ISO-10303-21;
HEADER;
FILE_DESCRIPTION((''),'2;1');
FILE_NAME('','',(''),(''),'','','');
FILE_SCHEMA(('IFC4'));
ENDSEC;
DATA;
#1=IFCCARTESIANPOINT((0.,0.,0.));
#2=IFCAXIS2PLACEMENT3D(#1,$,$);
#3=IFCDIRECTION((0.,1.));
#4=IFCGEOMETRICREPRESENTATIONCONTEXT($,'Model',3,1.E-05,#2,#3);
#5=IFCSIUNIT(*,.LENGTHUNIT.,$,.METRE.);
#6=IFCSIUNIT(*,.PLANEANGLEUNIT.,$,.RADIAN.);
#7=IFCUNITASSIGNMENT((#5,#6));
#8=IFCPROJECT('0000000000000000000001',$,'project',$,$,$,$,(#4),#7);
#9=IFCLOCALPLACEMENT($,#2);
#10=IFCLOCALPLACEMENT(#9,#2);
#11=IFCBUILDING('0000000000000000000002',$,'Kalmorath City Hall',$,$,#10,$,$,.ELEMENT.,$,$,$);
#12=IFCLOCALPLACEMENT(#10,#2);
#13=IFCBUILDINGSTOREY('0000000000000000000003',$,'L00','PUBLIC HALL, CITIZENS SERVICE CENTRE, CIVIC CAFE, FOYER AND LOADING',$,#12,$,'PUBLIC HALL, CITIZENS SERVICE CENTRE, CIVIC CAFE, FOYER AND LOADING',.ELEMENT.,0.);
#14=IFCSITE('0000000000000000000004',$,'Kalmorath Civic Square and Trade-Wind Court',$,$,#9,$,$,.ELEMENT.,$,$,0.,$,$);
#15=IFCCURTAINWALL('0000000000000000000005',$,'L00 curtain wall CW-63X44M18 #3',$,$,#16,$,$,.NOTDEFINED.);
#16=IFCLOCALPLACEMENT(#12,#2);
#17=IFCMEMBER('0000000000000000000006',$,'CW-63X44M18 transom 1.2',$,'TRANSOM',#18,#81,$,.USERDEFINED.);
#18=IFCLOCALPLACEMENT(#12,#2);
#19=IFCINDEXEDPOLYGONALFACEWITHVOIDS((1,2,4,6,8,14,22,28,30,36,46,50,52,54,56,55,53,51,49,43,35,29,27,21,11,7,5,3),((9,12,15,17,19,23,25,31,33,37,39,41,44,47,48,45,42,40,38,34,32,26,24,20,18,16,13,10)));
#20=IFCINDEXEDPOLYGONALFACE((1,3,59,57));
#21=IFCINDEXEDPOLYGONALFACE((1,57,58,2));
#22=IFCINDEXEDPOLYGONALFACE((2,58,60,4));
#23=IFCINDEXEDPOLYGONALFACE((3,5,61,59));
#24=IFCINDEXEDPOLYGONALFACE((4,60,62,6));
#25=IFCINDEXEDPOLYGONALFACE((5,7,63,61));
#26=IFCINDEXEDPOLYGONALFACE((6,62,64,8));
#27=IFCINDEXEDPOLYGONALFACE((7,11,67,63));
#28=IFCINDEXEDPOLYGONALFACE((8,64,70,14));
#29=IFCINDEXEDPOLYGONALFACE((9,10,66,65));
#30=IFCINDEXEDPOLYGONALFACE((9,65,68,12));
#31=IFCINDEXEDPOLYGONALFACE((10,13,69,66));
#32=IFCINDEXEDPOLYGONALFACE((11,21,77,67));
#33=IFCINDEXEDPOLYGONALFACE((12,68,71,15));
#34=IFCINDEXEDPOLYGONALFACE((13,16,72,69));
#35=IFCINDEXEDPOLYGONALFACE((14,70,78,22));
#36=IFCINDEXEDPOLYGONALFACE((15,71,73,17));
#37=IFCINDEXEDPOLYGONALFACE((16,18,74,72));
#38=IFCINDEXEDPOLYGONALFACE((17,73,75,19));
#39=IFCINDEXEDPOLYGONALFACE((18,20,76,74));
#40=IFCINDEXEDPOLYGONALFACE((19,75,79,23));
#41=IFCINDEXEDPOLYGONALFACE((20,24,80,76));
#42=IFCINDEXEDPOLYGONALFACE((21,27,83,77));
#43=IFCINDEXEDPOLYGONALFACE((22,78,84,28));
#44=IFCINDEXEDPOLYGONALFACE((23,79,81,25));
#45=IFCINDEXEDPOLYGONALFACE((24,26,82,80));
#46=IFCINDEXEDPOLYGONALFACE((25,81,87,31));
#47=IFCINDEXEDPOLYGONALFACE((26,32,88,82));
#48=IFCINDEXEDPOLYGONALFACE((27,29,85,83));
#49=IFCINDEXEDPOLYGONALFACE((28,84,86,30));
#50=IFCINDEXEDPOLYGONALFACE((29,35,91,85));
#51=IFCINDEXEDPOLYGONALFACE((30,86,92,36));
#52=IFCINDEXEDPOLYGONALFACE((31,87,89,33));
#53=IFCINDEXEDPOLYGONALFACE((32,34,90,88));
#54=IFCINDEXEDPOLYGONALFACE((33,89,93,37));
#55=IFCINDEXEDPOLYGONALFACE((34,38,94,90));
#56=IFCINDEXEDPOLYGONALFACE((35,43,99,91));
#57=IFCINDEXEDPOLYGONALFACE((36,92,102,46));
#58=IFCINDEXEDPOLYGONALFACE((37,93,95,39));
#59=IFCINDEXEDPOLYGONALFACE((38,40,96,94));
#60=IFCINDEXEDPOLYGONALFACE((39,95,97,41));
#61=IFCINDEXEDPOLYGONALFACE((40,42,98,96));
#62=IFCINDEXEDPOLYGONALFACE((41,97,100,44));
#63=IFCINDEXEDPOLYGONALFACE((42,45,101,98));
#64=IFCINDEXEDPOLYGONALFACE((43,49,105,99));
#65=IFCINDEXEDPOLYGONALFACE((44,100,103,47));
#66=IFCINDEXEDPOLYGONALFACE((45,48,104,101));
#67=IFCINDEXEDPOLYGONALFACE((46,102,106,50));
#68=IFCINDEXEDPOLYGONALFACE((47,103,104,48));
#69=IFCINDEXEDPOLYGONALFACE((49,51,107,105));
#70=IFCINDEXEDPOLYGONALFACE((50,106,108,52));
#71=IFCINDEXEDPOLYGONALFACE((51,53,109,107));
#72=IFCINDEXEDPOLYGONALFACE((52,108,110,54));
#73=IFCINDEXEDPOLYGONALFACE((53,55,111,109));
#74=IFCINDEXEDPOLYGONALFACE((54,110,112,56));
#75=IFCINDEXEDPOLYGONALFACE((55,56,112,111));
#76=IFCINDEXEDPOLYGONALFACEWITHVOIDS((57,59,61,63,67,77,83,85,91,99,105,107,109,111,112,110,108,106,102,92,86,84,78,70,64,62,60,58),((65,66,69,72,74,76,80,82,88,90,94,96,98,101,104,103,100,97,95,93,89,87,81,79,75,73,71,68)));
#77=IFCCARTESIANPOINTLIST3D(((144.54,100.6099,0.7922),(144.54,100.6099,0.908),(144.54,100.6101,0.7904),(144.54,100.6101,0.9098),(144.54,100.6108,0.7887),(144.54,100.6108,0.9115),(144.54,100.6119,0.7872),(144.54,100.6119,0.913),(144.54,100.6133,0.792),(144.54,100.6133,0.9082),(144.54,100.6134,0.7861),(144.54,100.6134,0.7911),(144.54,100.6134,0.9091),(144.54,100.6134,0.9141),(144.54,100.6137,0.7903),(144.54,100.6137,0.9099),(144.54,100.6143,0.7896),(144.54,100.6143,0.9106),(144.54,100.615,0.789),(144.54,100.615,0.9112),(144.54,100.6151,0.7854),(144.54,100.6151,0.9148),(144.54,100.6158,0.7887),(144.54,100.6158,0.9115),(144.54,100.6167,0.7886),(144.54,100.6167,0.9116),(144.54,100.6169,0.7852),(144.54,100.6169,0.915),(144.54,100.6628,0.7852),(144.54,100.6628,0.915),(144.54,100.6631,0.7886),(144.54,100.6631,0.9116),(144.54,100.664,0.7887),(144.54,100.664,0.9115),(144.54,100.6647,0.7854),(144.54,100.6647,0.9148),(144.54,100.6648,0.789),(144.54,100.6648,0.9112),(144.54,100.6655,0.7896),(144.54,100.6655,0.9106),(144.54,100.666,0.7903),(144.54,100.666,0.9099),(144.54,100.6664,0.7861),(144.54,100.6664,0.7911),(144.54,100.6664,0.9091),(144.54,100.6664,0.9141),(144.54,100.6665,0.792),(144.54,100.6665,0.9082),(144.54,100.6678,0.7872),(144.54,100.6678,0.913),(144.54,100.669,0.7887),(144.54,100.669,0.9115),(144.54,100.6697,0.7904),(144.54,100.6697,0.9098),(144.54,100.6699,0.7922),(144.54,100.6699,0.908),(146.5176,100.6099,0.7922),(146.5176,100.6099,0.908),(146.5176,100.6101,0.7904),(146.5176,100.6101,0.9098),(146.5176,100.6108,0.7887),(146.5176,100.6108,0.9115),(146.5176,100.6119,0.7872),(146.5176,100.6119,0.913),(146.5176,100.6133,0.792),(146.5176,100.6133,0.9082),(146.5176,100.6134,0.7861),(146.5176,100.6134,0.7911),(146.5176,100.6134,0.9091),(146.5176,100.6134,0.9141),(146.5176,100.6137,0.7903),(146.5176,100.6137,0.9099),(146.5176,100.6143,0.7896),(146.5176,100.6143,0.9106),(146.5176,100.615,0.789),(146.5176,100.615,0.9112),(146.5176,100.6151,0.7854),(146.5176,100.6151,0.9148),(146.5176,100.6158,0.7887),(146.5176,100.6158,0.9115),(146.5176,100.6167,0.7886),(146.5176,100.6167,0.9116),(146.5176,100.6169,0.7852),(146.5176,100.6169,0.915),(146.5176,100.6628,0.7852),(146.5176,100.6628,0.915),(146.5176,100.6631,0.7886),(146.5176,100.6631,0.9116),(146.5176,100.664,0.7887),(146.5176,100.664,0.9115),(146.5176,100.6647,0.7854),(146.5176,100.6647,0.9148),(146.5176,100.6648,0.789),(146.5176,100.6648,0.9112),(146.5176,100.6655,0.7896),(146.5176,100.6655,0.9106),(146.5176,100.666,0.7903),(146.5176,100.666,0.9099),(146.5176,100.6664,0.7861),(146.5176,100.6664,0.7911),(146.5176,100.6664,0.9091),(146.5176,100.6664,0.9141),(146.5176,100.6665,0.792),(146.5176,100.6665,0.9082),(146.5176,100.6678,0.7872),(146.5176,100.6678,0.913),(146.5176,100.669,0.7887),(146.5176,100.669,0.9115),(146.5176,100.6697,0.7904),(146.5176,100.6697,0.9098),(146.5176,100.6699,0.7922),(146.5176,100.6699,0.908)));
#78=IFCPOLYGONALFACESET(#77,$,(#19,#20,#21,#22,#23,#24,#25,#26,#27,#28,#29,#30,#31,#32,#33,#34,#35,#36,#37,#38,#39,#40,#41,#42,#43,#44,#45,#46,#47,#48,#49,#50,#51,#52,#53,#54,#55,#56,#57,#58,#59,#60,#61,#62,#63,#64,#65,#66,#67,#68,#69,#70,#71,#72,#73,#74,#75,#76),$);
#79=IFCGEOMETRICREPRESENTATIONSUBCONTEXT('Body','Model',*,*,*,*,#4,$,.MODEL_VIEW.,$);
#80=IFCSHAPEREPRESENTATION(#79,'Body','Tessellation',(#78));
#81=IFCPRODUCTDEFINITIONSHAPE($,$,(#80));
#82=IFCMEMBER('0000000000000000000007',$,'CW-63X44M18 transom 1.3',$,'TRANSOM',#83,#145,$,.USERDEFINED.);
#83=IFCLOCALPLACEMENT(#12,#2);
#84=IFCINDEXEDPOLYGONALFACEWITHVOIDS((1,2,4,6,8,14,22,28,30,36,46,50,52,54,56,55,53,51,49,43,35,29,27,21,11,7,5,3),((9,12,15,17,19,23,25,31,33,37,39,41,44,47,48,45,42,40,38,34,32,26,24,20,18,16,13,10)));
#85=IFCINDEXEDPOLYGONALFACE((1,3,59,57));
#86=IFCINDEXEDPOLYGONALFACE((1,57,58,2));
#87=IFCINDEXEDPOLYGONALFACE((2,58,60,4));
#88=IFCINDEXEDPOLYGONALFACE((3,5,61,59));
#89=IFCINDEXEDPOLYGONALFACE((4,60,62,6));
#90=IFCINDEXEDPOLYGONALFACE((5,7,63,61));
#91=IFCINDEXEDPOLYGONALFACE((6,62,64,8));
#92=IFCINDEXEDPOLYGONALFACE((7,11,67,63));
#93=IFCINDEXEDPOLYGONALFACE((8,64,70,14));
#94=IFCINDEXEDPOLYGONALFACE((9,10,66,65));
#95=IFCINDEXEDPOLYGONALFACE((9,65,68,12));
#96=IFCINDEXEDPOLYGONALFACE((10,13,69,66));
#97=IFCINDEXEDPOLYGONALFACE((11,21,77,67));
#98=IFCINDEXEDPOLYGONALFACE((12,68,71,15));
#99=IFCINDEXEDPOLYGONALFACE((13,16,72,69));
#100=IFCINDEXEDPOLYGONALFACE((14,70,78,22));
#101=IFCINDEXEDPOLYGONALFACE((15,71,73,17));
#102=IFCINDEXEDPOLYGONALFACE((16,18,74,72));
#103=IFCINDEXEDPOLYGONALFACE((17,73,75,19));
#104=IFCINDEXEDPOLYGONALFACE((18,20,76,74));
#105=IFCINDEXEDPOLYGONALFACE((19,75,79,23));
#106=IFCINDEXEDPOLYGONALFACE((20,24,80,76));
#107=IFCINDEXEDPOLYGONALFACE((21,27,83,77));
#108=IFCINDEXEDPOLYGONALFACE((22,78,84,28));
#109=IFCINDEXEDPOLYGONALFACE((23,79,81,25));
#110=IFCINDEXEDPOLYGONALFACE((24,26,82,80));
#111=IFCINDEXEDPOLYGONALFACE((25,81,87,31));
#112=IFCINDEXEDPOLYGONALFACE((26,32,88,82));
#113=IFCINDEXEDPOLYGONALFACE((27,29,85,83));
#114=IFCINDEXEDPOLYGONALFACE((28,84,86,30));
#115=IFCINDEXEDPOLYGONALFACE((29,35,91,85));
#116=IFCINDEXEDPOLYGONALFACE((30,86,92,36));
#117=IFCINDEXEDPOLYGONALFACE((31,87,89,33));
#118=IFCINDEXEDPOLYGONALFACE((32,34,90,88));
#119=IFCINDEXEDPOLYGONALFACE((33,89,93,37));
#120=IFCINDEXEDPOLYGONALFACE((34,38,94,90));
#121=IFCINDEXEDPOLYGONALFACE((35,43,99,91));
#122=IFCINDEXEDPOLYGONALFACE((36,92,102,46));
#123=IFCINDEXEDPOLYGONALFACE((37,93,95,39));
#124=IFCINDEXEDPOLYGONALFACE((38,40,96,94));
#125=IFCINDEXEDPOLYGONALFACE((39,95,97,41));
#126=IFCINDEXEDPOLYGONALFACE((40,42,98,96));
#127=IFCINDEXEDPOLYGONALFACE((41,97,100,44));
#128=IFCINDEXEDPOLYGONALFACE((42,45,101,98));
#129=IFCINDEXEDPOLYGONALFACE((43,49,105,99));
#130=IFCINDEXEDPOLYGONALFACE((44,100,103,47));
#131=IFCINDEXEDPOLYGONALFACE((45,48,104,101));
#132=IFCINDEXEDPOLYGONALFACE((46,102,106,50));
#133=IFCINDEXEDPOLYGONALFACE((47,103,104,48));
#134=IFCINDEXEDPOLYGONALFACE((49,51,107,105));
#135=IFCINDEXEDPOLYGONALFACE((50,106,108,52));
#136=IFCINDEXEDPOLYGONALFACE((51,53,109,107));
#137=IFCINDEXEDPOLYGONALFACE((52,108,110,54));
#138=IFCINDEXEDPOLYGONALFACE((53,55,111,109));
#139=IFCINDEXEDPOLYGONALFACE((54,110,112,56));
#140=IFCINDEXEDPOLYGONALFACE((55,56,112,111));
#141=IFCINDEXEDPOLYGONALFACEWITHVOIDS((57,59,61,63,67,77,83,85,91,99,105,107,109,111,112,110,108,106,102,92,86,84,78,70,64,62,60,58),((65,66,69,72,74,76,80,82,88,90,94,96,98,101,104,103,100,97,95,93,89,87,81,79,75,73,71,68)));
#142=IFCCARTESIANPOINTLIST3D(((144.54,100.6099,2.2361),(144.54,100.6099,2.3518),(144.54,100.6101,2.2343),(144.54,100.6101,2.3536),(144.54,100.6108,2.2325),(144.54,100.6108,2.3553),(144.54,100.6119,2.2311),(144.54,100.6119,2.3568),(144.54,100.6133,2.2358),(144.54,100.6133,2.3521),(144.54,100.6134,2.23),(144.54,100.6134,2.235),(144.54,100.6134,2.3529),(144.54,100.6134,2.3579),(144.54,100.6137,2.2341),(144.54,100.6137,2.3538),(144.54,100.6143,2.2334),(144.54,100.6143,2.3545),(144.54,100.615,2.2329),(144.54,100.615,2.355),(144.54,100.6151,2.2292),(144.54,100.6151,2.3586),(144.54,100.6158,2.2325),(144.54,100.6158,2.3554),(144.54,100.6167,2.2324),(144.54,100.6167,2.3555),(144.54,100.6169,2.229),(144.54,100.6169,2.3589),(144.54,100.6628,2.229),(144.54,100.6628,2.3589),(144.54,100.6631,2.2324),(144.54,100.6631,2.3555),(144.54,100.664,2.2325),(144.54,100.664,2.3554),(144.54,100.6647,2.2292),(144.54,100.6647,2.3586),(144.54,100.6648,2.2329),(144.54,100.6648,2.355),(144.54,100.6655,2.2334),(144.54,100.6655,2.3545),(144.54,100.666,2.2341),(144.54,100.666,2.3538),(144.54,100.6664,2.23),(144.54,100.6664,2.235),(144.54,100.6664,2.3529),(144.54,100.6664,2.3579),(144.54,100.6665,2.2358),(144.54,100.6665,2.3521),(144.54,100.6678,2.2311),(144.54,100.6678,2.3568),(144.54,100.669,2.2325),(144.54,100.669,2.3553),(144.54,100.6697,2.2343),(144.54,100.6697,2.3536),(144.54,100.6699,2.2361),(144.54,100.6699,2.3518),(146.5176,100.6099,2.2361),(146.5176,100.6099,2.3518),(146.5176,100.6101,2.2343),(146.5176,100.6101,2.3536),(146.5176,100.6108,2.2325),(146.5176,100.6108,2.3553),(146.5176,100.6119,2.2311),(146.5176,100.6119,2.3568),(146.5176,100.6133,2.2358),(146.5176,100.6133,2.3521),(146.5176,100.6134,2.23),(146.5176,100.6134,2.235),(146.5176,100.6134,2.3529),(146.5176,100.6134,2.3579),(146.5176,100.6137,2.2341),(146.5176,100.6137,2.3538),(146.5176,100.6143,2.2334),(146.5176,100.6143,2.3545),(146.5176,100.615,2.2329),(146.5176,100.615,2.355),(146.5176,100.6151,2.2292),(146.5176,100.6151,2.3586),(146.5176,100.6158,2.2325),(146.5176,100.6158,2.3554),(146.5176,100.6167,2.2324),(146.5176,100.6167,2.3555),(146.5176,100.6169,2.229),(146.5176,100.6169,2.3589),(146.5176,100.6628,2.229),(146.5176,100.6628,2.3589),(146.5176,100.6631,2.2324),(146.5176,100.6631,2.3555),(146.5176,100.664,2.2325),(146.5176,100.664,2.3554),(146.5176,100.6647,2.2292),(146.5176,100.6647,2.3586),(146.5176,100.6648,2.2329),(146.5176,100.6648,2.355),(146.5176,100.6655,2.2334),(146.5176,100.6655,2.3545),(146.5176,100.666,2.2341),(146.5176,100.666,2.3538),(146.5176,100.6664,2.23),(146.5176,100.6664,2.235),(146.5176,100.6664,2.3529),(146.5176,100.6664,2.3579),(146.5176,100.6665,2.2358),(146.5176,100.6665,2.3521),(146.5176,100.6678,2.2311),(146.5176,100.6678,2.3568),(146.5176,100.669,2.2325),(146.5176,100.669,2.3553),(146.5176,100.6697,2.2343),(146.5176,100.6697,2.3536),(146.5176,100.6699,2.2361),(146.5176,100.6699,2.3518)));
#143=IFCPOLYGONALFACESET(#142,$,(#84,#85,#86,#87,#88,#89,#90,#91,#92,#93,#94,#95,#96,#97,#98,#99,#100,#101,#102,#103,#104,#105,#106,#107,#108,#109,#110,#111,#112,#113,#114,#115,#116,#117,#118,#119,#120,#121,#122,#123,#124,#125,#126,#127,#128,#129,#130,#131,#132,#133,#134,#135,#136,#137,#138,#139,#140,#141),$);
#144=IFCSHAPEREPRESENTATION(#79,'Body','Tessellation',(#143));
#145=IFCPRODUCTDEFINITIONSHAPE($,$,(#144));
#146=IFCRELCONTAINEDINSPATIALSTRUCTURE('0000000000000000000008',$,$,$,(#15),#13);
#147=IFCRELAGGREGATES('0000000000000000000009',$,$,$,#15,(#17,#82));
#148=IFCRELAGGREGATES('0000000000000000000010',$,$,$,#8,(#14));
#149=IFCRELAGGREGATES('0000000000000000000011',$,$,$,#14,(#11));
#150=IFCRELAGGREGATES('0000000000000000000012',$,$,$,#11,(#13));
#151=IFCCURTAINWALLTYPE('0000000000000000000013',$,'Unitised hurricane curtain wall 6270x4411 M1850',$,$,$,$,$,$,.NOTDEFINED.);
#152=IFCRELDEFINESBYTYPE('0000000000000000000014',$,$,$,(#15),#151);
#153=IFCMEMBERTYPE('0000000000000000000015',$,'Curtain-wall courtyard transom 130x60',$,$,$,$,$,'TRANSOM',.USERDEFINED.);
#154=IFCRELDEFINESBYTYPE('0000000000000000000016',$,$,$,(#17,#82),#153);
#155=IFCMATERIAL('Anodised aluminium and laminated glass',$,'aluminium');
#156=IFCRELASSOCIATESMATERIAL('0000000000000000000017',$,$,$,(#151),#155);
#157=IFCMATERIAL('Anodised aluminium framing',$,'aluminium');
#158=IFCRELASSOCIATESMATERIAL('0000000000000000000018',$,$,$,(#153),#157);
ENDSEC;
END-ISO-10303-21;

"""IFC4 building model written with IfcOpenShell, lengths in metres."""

from ifc_helpers import new_model, si_unit, direction, frame, origin, origin_2d, place, context, subcontext, project, spatial, hollow_rectangle, extrude, material, material_profile, profile_set, type_object, element, aggregate, save


model = new_model("IFC4")

# Units and contexts
model_context = context("Model", 3, precision=1e-05, world=origin(), true_north=direction((0.0, 1.0)))
body_context = subcontext(model_context, "Body", "Model", "MODEL_VIEW")
ifc_project = project(units=[si_unit("LENGTHUNIT", "METRE"), si_unit("PLANEANGLEUNIT", "RADIAN")], contexts=[model_context])

# Site, building, storey
site_placement = place(None, origin())
site = spatial("IfcSite", under=ifc_project, at=site_placement, Name="Kalmorath Civic Square and Trade-Wind Court", CompositionType="ELEMENT", RefElevation=0.0)
building_placement = place(site_placement, origin())
building = spatial("IfcBuilding", under=site, at=building_placement, Name="Kalmorath City Hall", CompositionType="ELEMENT")
storey_placement = place(building_placement, origin())
storey = spatial("IfcBuildingStorey", under=building, at=storey_placement, Name="L00", Description="PUBLIC HALL, CITIZENS SERVICE CENTRE, CIVIC CAFE, FOYER AND LOADING", LongName="PUBLIC HALL, CITIZENS SERVICE CENTRE, CIVIC CAFE, FOYER AND LOADING", CompositionType="ELEMENT", Elevation=0.0)

# Curtain wall, members
ifc_material_1 = material(Name="Anodised aluminium and laminated glass", Category="aluminium")
curtain_wall_type = type_object("IfcCurtainWallType", Name="Unitised hurricane curtain wall 6270x4411 M1850", PredefinedType="NOTDEFINED", material=ifc_material_1)
ifc_material_2 = material(Name="Anodised aluminium framing", Category="aluminium")
ifc_material_profile_1 = material_profile(ifc_material_2, hollow_rectangle(XDim=0.0601, YDim=0.1299, WallThickness=0.0034, InnerFilletRadius=0.0034, OuterFilletRadius=0.0071, at=origin_2d()), Name="ALU-TRN-130X60X3.5")
ifc_profile_set_1 = profile_set([ifc_material_profile_1], Name="Anodised aluminium framing")
member_type_1 = type_object("IfcMemberType", Name="Curtain-wall courtyard transom 130x60", ElementType="TRANSOM", PredefinedType="USERDEFINED", material=ifc_profile_set_1)
curtain_wall_1_placement = place(storey_placement, origin())
curtain_wall_1 = element("IfcCurtainWall", 1, at=curtain_wall_1_placement, inside=storey, type_object=curtain_wall_type, Name="L00 curtain wall CW-63X44M18 #3", PredefinedType="NOTDEFINED")
member_1_placement = place(storey_placement, frame((144.54, 100.6399, 0.8501), z_axis=(1.0, 0.0, 0.0), x_axis=(0.0, 1.0, 0.0)))
member_1 = element("IfcMember", 2, at=member_1_placement, type_object=member_type_1, Name="CW-63X44M18 transom 1.2", ObjectType="TRANSOM", PredefinedType="USERDEFINED", context=body_context, shape_type="SweptSolid", body=[
    extrude(hollow_rectangle(XDim=0.0601, YDim=0.1299, WallThickness=0.0034, InnerFilletRadius=0.0034, OuterFilletRadius=0.0071, at=origin_2d()), origin(), (0.0, 0.0, 1.0), 1.9775),
])
member_2_placement = place(storey_placement, frame((144.54, 100.6399, 2.2939), z_axis=(1.0, 0.0, 0.0), x_axis=(0.0, 1.0, 0.0)))
member_2 = element("IfcMember", 3, at=member_2_placement, type_object=member_type_1, Name="CW-63X44M18 transom 1.3", ObjectType="TRANSOM", PredefinedType="USERDEFINED", context=body_context, shape_type="SweptSolid", body=[
    extrude(hollow_rectangle(XDim=0.0601, YDim=0.1299, WallThickness=0.0034, InnerFilletRadius=0.0034, OuterFilletRadius=0.0071, at=origin_2d()), origin(), (0.0, 0.0, 1.0), 1.9775),
])

aggregate(curtain_wall_1, [member_1, member_2])

save(model, "model.ifc")
